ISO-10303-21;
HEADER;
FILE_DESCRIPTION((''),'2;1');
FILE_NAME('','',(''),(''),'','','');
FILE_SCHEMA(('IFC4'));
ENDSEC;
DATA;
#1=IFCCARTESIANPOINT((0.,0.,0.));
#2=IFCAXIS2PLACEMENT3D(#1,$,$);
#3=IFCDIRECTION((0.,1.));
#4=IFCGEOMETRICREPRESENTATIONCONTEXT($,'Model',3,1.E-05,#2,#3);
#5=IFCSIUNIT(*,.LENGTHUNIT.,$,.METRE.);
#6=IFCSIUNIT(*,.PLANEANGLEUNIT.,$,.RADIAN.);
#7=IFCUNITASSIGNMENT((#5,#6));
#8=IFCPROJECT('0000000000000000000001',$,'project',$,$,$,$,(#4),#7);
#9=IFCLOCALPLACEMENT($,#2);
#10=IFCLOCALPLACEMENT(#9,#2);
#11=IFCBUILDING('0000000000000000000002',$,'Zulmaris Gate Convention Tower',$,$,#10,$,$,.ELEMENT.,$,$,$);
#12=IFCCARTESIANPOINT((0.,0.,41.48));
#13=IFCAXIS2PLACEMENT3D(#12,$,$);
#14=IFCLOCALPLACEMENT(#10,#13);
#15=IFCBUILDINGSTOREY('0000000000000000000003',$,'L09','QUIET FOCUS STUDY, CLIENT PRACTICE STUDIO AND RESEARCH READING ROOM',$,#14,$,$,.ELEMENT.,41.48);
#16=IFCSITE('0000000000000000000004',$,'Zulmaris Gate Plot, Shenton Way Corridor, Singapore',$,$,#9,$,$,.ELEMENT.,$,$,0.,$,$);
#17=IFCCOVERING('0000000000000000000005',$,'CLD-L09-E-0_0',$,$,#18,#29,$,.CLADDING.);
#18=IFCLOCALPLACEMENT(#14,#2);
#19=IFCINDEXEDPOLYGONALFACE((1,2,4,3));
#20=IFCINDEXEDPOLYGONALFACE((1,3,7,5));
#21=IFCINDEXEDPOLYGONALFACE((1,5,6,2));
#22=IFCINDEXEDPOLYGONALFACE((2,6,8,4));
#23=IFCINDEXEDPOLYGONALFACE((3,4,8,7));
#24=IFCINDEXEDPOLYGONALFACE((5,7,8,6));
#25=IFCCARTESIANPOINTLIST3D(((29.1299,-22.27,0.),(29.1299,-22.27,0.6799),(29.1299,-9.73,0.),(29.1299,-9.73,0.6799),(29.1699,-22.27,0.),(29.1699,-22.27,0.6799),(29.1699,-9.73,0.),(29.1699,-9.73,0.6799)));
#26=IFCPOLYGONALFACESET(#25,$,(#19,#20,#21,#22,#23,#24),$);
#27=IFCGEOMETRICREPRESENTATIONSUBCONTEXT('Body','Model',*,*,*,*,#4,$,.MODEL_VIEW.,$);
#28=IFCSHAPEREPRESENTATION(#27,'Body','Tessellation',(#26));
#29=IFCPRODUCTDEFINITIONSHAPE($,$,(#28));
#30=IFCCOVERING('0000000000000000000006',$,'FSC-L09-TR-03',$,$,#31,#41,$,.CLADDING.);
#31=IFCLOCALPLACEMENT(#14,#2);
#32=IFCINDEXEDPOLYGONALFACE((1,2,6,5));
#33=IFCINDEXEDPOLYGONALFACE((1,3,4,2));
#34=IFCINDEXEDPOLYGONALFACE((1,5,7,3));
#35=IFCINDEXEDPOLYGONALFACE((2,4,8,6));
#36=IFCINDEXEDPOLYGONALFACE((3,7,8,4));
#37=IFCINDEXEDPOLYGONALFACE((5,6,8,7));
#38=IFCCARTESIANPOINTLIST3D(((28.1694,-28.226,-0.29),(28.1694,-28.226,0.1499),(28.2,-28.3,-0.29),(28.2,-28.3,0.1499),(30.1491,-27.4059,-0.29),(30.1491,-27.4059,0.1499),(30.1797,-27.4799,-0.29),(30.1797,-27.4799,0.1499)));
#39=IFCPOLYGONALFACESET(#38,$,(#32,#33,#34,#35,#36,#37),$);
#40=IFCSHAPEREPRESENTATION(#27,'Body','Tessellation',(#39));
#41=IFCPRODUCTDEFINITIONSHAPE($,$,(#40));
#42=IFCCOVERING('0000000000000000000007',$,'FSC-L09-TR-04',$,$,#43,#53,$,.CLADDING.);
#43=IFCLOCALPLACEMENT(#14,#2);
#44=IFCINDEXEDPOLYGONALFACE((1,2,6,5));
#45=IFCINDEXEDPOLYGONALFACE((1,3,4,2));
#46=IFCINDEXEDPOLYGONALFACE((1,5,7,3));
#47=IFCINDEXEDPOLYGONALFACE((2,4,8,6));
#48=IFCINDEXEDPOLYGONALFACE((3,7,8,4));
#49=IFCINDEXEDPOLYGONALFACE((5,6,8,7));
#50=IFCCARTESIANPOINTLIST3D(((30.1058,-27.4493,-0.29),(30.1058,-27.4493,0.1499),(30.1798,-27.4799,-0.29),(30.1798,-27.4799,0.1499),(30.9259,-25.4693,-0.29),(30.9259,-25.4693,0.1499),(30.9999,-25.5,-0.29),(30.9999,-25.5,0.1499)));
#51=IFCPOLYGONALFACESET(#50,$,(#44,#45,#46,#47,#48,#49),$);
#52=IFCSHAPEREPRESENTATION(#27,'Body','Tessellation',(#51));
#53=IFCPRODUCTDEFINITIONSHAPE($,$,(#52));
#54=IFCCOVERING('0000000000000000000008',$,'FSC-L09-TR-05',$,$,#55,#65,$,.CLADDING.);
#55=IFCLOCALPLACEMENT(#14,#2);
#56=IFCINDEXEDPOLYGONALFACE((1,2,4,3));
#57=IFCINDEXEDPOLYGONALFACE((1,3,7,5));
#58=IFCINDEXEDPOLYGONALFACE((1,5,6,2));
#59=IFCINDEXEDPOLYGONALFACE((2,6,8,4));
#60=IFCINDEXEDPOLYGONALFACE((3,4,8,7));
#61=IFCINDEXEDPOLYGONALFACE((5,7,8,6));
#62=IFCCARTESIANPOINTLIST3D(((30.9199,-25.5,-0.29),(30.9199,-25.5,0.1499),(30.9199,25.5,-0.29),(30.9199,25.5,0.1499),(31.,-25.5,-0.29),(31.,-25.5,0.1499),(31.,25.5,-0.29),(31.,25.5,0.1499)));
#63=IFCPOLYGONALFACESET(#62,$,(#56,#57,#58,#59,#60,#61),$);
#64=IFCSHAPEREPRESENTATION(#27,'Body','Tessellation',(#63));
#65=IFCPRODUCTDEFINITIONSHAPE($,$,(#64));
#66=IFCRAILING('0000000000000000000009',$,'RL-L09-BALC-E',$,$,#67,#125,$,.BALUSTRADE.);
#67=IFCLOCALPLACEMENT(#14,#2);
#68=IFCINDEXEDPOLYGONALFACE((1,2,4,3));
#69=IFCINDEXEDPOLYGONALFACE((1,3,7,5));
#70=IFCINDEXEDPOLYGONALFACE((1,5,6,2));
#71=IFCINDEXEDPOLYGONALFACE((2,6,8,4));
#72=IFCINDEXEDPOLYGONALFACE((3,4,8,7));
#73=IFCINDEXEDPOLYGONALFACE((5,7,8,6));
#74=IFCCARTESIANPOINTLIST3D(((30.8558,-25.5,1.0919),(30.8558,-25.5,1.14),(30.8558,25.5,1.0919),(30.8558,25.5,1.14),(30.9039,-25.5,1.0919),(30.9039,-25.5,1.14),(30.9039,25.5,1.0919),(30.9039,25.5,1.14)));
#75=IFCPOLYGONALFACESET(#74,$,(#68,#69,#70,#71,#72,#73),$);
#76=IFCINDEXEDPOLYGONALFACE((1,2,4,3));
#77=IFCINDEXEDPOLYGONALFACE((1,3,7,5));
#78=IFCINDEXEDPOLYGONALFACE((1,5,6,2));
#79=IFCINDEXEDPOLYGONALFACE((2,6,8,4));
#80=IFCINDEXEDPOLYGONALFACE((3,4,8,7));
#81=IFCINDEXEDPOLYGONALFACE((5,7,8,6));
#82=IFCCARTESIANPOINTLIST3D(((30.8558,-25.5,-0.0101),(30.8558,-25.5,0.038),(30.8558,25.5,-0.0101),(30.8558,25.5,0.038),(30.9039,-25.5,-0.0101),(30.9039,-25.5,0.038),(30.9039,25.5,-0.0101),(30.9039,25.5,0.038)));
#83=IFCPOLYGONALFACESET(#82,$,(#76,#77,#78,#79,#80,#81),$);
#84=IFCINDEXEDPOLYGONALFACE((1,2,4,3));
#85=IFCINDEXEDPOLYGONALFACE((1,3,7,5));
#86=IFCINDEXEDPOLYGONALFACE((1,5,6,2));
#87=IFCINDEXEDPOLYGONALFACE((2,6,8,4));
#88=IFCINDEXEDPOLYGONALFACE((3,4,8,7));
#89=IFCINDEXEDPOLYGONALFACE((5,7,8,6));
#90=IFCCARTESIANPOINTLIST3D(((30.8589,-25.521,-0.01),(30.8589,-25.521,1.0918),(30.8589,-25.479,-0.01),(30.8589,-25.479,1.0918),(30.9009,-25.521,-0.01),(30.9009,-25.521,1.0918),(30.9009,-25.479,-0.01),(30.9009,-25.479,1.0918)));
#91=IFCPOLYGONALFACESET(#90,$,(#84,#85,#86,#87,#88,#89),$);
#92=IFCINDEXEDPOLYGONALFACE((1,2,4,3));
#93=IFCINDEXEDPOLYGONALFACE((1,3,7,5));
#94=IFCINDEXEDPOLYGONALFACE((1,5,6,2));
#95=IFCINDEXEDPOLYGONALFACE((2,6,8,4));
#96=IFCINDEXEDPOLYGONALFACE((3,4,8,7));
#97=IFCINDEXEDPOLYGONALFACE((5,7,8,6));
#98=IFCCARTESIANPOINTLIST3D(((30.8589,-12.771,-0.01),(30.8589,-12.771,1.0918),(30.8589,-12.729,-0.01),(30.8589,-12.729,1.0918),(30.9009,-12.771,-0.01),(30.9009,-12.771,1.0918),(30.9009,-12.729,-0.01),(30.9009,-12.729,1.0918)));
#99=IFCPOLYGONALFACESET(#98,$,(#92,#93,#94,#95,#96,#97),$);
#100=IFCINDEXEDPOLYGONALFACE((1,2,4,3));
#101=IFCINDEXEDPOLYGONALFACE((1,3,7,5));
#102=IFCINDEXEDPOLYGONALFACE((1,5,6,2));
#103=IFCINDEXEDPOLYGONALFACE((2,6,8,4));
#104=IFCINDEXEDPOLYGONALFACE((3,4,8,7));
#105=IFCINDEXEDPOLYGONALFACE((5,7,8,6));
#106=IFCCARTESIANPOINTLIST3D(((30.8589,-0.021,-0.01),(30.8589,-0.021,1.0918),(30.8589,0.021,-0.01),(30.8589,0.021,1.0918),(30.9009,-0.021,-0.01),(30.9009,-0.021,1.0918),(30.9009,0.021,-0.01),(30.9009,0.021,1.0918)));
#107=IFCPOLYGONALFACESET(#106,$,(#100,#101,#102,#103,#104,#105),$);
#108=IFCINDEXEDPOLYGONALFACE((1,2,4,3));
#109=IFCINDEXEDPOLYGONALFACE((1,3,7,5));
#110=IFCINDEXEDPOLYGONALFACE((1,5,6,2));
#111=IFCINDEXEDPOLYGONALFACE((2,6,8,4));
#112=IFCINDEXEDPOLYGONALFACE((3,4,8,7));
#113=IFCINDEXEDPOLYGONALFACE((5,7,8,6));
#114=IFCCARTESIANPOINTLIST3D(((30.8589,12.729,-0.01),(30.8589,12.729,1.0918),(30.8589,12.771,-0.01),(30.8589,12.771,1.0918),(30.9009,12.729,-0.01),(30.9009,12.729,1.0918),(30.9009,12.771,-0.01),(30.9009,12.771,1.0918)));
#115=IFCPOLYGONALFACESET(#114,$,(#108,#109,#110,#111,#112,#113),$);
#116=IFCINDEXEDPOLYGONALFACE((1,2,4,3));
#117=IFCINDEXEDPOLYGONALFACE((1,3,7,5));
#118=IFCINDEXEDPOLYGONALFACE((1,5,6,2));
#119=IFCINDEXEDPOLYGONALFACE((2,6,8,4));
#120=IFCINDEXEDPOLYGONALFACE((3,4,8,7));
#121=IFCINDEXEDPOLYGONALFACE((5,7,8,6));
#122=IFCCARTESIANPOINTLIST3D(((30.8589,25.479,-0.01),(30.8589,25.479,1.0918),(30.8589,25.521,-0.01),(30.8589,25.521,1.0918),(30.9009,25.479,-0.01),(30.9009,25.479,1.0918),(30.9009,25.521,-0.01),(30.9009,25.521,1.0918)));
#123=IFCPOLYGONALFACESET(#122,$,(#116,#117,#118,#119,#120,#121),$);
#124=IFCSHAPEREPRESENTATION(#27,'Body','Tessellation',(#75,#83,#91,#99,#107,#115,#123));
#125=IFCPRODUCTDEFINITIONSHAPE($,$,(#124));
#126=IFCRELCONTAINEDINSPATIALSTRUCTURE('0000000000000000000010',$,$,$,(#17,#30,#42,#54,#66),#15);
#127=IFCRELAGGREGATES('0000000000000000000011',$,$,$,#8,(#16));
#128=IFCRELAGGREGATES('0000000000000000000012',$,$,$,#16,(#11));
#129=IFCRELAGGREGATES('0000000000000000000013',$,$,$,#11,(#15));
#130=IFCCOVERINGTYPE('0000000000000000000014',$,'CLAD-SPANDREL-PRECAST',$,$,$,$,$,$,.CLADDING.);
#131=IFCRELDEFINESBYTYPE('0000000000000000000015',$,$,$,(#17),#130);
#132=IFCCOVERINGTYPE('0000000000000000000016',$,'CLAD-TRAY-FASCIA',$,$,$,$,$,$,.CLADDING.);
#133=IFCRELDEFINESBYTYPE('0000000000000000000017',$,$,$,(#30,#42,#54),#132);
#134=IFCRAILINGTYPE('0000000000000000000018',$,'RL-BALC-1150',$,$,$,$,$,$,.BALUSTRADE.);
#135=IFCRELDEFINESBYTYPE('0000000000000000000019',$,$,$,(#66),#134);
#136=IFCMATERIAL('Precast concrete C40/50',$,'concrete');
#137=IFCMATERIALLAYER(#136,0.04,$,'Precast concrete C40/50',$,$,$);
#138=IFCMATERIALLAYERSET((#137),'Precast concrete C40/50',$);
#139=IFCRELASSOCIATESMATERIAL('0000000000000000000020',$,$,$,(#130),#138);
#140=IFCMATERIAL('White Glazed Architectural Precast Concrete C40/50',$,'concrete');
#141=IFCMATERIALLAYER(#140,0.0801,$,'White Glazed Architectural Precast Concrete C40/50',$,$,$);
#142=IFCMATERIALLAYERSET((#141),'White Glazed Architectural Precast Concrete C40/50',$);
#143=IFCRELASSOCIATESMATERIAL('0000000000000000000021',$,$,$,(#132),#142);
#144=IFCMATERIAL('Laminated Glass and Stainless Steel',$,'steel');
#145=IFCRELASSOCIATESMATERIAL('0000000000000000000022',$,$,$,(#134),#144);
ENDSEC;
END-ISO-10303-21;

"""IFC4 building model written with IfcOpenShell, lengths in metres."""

from ifc_helpers import new_model, si_unit, direction, frame, frame_2d, origin, origin_2d, place, context, subcontext, project, spatial, rectangle, extrude, material, layer, layer_set, type_object, element, save


model = new_model("IFC4")

# Units and contexts
model_context = context("Model", 3, precision=1e-05, world=origin(), true_north=direction((0.0, 1.0)))
body_context = subcontext(model_context, "Body", "Model", "MODEL_VIEW")
ifc_project = project(units=[si_unit("LENGTHUNIT", "METRE"), si_unit("PLANEANGLEUNIT", "RADIAN")], contexts=[model_context])

# Site, building, storey
site_placement = place(None, origin())
site = spatial("IfcSite", under=ifc_project, at=site_placement, Name="Zulmaris Gate Plot, Shenton Way Corridor, Singapore", CompositionType="ELEMENT", RefElevation=0.0)
building_placement = place(site_placement, origin())
building = spatial("IfcBuilding", under=site, at=building_placement, Name="Zulmaris Gate Convention Tower", CompositionType="ELEMENT")
storey_placement = place(building_placement, frame((0.0, 0.0, 41.48)))
storey = spatial("IfcBuildingStorey", under=building, at=storey_placement, Name="L09", Description="QUIET FOCUS STUDY, CLIENT PRACTICE STUDIO AND RESEARCH READING ROOM", CompositionType="ELEMENT", Elevation=41.48)

# Shared definitions
ifc_material_1 = material(Name="Precast concrete C40/50", Category="concrete")

# Coverings
ifc_layer_1 = layer(ifc_material_1, 0.04, Name="Precast concrete C40/50")
ifc_layer_set_1 = layer_set([ifc_layer_1], Name="Precast concrete C40/50")
covering_type_1 = type_object("IfcCoveringType", Name="CLAD-SPANDREL-PRECAST", PredefinedType="CLADDING", material=ifc_layer_set_1)
covering_1_placement = place(storey_placement, frame((29.1499, -22.27, 0.0), z_axis=(0.0, 0.0, 1.0), x_axis=(0.0, 1.0, 0.0)))
element("IfcCovering", 1, at=covering_1_placement, inside=storey, type_object=covering_type_1, Name="CLD-L09-E-0_0", PredefinedType="CLADDING", context=body_context, shape_type="SweptSolid", body=[
    extrude(rectangle(XDim=12.54, YDim=0.04, at=frame_2d((6.27, 0.0))), origin(), (0.0, 0.0, 1.0), 0.6799),
])
ifc_material_2 = material(Name="White Glazed Architectural Precast Concrete C40/50", Category="concrete")
ifc_layer_2 = layer(ifc_material_2, 0.0801, Name="White Glazed Architectural Precast Concrete C40/50")
ifc_layer_set_2 = layer_set([ifc_layer_2], Name="White Glazed Architectural Precast Concrete C40/50")
covering_type_2 = type_object("IfcCoveringType", Name="CLAD-TRAY-FASCIA", PredefinedType="CLADDING", material=ifc_layer_set_2)
covering_2_placement = place(storey_placement, frame((28.1848, -28.2629, -0.29), z_axis=(0.0, 0.0, 1.0), x_axis=(0.923874, 0.382697, 0.0)))
element("IfcCovering", 2, at=covering_2_placement, inside=storey, type_object=covering_type_2, Name="FSC-L09-TR-03", PredefinedType="CLADDING", context=body_context, shape_type="SweptSolid", body=[
    extrude(rectangle(XDim=2.1428, YDim=0.0801, at=frame_2d((1.0713, 0.0))), origin(), (0.0, 0.0, 1.0), 0.4399),
])
covering_3_placement = place(storey_placement, frame((30.1428, -27.4646, -0.29), z_axis=(0.0, 0.0, 1.0), x_axis=(0.382657, 0.92389, 0.0)))
element("IfcCovering", 3, at=covering_3_placement, inside=storey, type_object=covering_type_2, Name="FSC-L09-TR-04", PredefinedType="CLADDING", context=body_context, shape_type="SweptSolid", body=[
    extrude(rectangle(XDim=2.1431, YDim=0.0801, at=frame_2d((1.0715, 0.0))), origin(), (0.0, 0.0, 1.0), 0.4399),
])
covering_4_placement = place(storey_placement, frame((30.96, -25.5, -0.29), z_axis=(0.0, 0.0, 1.0), x_axis=(0.0, 1.0, 0.0)))
element("IfcCovering", 4, at=covering_4_placement, inside=storey, type_object=covering_type_2, Name="FSC-L09-TR-05", PredefinedType="CLADDING", context=body_context, shape_type="SweptSolid", body=[
    extrude(rectangle(XDim=51.0, YDim=0.0801, at=frame_2d((25.5, 0.0))), origin(), (0.0, 0.0, 1.0), 0.4399),
])

# Railing
ifc_material_3 = material(Name="Laminated Glass and Stainless Steel", Category="steel")
railing_type = type_object("IfcRailingType", Name="RL-BALC-1150", PredefinedType="BALUSTRADE", material=ifc_material_3)
railing_placement = place(storey_placement, frame((30.8799, -25.5, -0.01)))
element("IfcRailing", 5, at=railing_placement, inside=storey, type_object=railing_type, Name="RL-L09-BALC-E", PredefinedType="BALUSTRADE", context=body_context, shape_type="SweptSolid", body=[
    extrude(rectangle(XDim=0.0481, YDim=0.0481, at=origin_2d()), frame((0.0, 0.0, 1.126), z_axis=(0.0, 1.0, 0.0), x_axis=(-1.0, 0.0, 0.0)), (0.0, 0.0, 1.0), 51.0),
    extrude(rectangle(XDim=0.0481, YDim=0.0481, at=origin_2d()), frame((0.0, 0.0, 0.0239), z_axis=(0.0, 1.0, 0.0), x_axis=(-1.0, 0.0, 0.0)), (0.0, 0.0, 1.0), 51.0),
    extrude(rectangle(XDim=0.042, YDim=0.042, at=origin_2d()), origin(), (0.0, 0.0, 1.0), 1.1018),
    extrude(rectangle(XDim=0.042, YDim=0.042, at=origin_2d()), frame((0.0, 12.75, 0.0)), (0.0, 0.0, 1.0), 1.1018),
    extrude(rectangle(XDim=0.042, YDim=0.042, at=origin_2d()), frame((0.0, 25.5, 0.0)), (0.0, 0.0, 1.0), 1.1018),
    extrude(rectangle(XDim=0.042, YDim=0.042, at=origin_2d()), frame((0.0, 38.25, 0.0)), (0.0, 0.0, 1.0), 1.1018),
    extrude(rectangle(XDim=0.042, YDim=0.042, at=origin_2d()), frame((0.0, 51.0, 0.0)), (0.0, 0.0, 1.0), 1.1018),
])

save(model, "model.ifc")
